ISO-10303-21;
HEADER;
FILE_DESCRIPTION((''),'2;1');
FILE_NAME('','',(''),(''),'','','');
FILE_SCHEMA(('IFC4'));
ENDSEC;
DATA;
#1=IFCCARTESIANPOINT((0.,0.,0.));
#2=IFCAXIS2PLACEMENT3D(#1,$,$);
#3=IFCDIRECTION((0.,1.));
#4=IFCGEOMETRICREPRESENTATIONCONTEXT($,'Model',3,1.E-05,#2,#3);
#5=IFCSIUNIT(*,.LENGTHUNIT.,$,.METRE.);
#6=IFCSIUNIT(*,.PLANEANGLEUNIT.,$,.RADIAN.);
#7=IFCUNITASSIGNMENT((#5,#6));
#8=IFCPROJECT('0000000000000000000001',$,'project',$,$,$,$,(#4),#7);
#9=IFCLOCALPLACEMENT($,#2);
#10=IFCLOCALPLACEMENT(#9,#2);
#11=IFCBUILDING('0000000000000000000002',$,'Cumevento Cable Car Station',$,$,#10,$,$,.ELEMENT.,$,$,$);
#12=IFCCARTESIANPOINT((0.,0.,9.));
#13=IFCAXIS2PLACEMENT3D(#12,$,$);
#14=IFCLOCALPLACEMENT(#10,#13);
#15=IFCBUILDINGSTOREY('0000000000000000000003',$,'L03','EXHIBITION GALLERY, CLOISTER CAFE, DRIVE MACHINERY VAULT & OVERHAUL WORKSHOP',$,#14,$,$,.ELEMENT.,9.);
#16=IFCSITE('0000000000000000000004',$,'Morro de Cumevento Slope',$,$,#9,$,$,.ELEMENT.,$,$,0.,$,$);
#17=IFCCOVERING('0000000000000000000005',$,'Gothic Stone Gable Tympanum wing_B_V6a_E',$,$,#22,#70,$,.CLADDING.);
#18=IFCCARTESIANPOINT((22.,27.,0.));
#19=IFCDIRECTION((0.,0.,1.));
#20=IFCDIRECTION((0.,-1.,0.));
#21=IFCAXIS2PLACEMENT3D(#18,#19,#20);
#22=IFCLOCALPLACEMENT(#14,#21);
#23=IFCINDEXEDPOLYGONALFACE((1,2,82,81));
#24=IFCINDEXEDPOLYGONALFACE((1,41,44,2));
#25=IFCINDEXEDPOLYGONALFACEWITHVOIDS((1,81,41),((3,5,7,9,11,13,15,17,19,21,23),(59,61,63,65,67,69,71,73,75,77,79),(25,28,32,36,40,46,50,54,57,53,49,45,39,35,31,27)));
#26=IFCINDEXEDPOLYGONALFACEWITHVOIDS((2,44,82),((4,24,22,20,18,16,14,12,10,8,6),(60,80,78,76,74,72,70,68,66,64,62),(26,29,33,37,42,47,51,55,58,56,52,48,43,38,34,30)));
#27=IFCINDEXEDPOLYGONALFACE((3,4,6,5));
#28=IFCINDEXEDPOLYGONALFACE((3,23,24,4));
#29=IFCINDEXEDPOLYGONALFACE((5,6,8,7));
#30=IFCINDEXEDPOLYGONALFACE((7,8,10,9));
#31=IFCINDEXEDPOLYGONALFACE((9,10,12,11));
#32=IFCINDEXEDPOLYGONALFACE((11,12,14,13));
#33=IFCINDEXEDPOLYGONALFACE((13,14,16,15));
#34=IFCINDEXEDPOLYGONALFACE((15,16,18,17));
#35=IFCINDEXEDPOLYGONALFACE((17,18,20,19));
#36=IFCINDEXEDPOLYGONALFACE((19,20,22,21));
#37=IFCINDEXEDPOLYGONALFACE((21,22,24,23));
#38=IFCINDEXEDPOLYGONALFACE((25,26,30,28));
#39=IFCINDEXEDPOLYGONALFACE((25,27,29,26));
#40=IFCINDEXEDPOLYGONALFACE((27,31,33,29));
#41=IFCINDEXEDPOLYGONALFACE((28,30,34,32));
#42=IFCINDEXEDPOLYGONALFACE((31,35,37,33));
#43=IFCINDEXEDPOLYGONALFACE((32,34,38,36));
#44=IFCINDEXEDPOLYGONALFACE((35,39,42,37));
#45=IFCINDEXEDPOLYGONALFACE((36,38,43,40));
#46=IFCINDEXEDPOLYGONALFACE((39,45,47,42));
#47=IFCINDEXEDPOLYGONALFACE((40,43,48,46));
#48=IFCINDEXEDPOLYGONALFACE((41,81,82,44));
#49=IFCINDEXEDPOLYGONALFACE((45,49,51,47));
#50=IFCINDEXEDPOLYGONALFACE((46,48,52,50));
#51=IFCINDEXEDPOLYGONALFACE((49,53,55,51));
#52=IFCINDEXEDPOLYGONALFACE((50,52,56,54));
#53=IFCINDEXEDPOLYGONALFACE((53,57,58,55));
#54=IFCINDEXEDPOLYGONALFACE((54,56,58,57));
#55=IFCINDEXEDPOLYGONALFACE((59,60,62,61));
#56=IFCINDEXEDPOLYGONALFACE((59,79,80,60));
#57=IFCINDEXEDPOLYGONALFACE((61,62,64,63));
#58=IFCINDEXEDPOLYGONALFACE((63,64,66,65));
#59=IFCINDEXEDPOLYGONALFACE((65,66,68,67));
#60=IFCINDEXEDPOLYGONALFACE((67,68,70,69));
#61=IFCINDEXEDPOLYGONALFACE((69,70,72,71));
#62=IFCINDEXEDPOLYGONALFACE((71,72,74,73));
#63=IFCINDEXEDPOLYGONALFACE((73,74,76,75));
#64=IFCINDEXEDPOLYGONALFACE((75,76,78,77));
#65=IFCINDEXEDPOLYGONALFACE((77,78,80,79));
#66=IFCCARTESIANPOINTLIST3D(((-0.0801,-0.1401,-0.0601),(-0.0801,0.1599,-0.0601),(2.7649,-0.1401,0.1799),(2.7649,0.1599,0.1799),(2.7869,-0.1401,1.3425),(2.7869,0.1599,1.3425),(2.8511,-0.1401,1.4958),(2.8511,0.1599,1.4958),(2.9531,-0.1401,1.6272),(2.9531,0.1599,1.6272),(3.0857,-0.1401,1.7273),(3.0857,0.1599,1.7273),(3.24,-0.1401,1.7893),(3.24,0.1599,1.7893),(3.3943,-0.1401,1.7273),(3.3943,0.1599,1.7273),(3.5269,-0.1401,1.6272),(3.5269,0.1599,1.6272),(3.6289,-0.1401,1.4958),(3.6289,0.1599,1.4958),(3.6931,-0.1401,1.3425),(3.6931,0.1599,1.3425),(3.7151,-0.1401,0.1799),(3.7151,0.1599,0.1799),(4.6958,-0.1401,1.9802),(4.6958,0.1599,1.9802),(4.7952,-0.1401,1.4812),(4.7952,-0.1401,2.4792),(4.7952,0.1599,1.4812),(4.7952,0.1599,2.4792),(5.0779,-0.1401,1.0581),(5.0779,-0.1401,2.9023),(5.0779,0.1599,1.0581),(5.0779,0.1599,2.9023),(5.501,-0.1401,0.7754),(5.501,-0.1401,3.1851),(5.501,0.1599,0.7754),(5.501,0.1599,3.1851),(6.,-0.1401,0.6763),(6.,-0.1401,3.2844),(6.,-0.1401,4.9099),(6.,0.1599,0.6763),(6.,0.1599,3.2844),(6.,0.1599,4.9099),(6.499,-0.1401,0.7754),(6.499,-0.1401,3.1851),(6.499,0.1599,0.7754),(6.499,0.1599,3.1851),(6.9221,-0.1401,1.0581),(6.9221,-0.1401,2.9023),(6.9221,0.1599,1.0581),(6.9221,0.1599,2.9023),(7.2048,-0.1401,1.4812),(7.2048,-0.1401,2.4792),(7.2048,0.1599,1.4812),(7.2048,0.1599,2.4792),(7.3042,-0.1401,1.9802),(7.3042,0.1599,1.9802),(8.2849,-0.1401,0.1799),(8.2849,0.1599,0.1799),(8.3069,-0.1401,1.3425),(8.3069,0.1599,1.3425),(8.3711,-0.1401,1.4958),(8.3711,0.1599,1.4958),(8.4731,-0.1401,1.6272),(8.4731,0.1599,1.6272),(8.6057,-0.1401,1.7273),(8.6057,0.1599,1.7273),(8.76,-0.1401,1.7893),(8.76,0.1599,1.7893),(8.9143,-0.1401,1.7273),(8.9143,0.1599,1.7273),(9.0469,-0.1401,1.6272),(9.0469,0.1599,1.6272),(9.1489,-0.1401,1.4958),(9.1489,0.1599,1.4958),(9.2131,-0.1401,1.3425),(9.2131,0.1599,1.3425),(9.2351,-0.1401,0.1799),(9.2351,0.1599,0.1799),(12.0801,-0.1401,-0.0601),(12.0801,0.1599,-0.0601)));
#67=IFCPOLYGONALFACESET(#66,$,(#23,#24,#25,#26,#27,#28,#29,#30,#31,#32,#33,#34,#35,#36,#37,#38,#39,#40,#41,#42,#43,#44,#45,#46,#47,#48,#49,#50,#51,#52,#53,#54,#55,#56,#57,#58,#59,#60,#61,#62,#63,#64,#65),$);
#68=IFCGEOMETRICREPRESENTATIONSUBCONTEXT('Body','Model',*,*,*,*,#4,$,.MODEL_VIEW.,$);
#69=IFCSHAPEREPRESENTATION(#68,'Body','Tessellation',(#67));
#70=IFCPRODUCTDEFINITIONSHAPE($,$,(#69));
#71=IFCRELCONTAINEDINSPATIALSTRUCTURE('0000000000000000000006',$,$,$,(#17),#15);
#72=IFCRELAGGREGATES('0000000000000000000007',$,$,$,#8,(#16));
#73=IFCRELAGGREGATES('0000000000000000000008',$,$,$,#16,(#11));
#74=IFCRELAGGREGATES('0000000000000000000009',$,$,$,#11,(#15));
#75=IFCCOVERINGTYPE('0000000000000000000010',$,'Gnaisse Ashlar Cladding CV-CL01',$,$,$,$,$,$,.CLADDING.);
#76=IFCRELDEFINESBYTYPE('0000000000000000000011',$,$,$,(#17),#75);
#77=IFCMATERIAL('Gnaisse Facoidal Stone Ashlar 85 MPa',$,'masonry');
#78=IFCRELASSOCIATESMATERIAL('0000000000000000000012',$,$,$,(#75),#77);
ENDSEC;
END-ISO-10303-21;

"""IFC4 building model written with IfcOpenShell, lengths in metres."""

from ifc_helpers import new_model, si_unit, direction, frame, origin, place, context, subcontext, project, spatial, polyline, outline, extrude, material, type_object, element, save


model = new_model("IFC4")

# Units and contexts
model_context = context("Model", 3, precision=1e-05, world=origin(), true_north=direction((0.0, 1.0)))
body_context = subcontext(model_context, "Body", "Model", "MODEL_VIEW")
ifc_project = project(units=[si_unit("LENGTHUNIT", "METRE"), si_unit("PLANEANGLEUNIT", "RADIAN")], contexts=[model_context])

# Site, building, storey
site_placement = place(None, origin())
site = spatial("IfcSite", under=ifc_project, at=site_placement, Name="Morro de Cumevento Slope", CompositionType="ELEMENT", RefElevation=0.0)
building_placement = place(site_placement, origin())
building = spatial("IfcBuilding", under=site, at=building_placement, Name="Cumevento Cable Car Station", CompositionType="ELEMENT")
storey_placement = place(building_placement, frame((0.0, 0.0, 9.0)))
storey = spatial("IfcBuildingStorey", under=building, at=storey_placement, Name="L03", Description="EXHIBITION GALLERY, CLOISTER CAFE, DRIVE MACHINERY VAULT & OVERHAUL WORKSHOP", CompositionType="ELEMENT", Elevation=9.0)

# Covering
ifc_material_1 = material(Name="Gnaisse Facoidal Stone Ashlar 85 MPa", Category="masonry")
covering_type = type_object("IfcCoveringType", Name="Gnaisse Ashlar Cladding CV-CL01", PredefinedType="CLADDING", material=ifc_material_1)
covering_1_placement = place(storey_placement, frame((22.0, 27.0, 0.0), z_axis=(0.0, 0.0, 1.0), x_axis=(0.0, -1.0, 0.0)))
element("IfcCovering", 1, at=covering_1_placement, inside=storey, type_object=covering_type, Name="Gothic Stone Gable Tympanum wing_B_V6a_E", PredefinedType="CLADDING", context=body_context, shape_type="SweptSolid", body=[
    extrude(outline(polyline([(-0.0801, -0.0601), (12.0801, -0.0601), (6.0, 4.9099), (-0.0801, -0.0601)]), holes=[polyline([(7.3042, 1.9802), (7.2048, 2.4792), (6.9221, 2.9023), (6.499, 3.1851), (6.0, 3.2844), (5.501, 3.1851), (5.0779, 2.9023), (4.7952, 2.4792), (4.6958, 1.9802), (4.7952, 1.4812), (5.0779, 1.0581), (5.501, 0.7754), (6.0, 0.6763), (6.499, 0.7754), (6.9221, 1.0581), (7.2048, 1.4812), (7.3042, 1.9802)]), polyline([(2.7649, 0.1799), (3.7151, 0.1799), (3.6931, 1.3425), (3.6289, 1.4958), (3.5269, 1.6272), (3.3943, 1.7273), (3.24, 1.7893), (3.0857, 1.7273), (2.9531, 1.6272), (2.8511, 1.4958), (2.7869, 1.3425), (2.7649, 0.1799)]), polyline([(8.2849, 0.1799), (9.2351, 0.1799), (9.2131, 1.3425), (9.1489, 1.4958), (9.0469, 1.6272), (8.9143, 1.7273), (8.76, 1.7893), (8.6057, 1.7273), (8.4731, 1.6272), (8.3711, 1.4958), (8.3069, 1.3425), (8.2849, 0.1799)])]), frame((0.0, 0.1599, 0.0), z_axis=(0.0, -1.0, 0.0), x_axis=(1.0, 0.0, 0.0)), (0.0, 0.0, 1.0), 0.3),
])

save(model, "model.ifc")
